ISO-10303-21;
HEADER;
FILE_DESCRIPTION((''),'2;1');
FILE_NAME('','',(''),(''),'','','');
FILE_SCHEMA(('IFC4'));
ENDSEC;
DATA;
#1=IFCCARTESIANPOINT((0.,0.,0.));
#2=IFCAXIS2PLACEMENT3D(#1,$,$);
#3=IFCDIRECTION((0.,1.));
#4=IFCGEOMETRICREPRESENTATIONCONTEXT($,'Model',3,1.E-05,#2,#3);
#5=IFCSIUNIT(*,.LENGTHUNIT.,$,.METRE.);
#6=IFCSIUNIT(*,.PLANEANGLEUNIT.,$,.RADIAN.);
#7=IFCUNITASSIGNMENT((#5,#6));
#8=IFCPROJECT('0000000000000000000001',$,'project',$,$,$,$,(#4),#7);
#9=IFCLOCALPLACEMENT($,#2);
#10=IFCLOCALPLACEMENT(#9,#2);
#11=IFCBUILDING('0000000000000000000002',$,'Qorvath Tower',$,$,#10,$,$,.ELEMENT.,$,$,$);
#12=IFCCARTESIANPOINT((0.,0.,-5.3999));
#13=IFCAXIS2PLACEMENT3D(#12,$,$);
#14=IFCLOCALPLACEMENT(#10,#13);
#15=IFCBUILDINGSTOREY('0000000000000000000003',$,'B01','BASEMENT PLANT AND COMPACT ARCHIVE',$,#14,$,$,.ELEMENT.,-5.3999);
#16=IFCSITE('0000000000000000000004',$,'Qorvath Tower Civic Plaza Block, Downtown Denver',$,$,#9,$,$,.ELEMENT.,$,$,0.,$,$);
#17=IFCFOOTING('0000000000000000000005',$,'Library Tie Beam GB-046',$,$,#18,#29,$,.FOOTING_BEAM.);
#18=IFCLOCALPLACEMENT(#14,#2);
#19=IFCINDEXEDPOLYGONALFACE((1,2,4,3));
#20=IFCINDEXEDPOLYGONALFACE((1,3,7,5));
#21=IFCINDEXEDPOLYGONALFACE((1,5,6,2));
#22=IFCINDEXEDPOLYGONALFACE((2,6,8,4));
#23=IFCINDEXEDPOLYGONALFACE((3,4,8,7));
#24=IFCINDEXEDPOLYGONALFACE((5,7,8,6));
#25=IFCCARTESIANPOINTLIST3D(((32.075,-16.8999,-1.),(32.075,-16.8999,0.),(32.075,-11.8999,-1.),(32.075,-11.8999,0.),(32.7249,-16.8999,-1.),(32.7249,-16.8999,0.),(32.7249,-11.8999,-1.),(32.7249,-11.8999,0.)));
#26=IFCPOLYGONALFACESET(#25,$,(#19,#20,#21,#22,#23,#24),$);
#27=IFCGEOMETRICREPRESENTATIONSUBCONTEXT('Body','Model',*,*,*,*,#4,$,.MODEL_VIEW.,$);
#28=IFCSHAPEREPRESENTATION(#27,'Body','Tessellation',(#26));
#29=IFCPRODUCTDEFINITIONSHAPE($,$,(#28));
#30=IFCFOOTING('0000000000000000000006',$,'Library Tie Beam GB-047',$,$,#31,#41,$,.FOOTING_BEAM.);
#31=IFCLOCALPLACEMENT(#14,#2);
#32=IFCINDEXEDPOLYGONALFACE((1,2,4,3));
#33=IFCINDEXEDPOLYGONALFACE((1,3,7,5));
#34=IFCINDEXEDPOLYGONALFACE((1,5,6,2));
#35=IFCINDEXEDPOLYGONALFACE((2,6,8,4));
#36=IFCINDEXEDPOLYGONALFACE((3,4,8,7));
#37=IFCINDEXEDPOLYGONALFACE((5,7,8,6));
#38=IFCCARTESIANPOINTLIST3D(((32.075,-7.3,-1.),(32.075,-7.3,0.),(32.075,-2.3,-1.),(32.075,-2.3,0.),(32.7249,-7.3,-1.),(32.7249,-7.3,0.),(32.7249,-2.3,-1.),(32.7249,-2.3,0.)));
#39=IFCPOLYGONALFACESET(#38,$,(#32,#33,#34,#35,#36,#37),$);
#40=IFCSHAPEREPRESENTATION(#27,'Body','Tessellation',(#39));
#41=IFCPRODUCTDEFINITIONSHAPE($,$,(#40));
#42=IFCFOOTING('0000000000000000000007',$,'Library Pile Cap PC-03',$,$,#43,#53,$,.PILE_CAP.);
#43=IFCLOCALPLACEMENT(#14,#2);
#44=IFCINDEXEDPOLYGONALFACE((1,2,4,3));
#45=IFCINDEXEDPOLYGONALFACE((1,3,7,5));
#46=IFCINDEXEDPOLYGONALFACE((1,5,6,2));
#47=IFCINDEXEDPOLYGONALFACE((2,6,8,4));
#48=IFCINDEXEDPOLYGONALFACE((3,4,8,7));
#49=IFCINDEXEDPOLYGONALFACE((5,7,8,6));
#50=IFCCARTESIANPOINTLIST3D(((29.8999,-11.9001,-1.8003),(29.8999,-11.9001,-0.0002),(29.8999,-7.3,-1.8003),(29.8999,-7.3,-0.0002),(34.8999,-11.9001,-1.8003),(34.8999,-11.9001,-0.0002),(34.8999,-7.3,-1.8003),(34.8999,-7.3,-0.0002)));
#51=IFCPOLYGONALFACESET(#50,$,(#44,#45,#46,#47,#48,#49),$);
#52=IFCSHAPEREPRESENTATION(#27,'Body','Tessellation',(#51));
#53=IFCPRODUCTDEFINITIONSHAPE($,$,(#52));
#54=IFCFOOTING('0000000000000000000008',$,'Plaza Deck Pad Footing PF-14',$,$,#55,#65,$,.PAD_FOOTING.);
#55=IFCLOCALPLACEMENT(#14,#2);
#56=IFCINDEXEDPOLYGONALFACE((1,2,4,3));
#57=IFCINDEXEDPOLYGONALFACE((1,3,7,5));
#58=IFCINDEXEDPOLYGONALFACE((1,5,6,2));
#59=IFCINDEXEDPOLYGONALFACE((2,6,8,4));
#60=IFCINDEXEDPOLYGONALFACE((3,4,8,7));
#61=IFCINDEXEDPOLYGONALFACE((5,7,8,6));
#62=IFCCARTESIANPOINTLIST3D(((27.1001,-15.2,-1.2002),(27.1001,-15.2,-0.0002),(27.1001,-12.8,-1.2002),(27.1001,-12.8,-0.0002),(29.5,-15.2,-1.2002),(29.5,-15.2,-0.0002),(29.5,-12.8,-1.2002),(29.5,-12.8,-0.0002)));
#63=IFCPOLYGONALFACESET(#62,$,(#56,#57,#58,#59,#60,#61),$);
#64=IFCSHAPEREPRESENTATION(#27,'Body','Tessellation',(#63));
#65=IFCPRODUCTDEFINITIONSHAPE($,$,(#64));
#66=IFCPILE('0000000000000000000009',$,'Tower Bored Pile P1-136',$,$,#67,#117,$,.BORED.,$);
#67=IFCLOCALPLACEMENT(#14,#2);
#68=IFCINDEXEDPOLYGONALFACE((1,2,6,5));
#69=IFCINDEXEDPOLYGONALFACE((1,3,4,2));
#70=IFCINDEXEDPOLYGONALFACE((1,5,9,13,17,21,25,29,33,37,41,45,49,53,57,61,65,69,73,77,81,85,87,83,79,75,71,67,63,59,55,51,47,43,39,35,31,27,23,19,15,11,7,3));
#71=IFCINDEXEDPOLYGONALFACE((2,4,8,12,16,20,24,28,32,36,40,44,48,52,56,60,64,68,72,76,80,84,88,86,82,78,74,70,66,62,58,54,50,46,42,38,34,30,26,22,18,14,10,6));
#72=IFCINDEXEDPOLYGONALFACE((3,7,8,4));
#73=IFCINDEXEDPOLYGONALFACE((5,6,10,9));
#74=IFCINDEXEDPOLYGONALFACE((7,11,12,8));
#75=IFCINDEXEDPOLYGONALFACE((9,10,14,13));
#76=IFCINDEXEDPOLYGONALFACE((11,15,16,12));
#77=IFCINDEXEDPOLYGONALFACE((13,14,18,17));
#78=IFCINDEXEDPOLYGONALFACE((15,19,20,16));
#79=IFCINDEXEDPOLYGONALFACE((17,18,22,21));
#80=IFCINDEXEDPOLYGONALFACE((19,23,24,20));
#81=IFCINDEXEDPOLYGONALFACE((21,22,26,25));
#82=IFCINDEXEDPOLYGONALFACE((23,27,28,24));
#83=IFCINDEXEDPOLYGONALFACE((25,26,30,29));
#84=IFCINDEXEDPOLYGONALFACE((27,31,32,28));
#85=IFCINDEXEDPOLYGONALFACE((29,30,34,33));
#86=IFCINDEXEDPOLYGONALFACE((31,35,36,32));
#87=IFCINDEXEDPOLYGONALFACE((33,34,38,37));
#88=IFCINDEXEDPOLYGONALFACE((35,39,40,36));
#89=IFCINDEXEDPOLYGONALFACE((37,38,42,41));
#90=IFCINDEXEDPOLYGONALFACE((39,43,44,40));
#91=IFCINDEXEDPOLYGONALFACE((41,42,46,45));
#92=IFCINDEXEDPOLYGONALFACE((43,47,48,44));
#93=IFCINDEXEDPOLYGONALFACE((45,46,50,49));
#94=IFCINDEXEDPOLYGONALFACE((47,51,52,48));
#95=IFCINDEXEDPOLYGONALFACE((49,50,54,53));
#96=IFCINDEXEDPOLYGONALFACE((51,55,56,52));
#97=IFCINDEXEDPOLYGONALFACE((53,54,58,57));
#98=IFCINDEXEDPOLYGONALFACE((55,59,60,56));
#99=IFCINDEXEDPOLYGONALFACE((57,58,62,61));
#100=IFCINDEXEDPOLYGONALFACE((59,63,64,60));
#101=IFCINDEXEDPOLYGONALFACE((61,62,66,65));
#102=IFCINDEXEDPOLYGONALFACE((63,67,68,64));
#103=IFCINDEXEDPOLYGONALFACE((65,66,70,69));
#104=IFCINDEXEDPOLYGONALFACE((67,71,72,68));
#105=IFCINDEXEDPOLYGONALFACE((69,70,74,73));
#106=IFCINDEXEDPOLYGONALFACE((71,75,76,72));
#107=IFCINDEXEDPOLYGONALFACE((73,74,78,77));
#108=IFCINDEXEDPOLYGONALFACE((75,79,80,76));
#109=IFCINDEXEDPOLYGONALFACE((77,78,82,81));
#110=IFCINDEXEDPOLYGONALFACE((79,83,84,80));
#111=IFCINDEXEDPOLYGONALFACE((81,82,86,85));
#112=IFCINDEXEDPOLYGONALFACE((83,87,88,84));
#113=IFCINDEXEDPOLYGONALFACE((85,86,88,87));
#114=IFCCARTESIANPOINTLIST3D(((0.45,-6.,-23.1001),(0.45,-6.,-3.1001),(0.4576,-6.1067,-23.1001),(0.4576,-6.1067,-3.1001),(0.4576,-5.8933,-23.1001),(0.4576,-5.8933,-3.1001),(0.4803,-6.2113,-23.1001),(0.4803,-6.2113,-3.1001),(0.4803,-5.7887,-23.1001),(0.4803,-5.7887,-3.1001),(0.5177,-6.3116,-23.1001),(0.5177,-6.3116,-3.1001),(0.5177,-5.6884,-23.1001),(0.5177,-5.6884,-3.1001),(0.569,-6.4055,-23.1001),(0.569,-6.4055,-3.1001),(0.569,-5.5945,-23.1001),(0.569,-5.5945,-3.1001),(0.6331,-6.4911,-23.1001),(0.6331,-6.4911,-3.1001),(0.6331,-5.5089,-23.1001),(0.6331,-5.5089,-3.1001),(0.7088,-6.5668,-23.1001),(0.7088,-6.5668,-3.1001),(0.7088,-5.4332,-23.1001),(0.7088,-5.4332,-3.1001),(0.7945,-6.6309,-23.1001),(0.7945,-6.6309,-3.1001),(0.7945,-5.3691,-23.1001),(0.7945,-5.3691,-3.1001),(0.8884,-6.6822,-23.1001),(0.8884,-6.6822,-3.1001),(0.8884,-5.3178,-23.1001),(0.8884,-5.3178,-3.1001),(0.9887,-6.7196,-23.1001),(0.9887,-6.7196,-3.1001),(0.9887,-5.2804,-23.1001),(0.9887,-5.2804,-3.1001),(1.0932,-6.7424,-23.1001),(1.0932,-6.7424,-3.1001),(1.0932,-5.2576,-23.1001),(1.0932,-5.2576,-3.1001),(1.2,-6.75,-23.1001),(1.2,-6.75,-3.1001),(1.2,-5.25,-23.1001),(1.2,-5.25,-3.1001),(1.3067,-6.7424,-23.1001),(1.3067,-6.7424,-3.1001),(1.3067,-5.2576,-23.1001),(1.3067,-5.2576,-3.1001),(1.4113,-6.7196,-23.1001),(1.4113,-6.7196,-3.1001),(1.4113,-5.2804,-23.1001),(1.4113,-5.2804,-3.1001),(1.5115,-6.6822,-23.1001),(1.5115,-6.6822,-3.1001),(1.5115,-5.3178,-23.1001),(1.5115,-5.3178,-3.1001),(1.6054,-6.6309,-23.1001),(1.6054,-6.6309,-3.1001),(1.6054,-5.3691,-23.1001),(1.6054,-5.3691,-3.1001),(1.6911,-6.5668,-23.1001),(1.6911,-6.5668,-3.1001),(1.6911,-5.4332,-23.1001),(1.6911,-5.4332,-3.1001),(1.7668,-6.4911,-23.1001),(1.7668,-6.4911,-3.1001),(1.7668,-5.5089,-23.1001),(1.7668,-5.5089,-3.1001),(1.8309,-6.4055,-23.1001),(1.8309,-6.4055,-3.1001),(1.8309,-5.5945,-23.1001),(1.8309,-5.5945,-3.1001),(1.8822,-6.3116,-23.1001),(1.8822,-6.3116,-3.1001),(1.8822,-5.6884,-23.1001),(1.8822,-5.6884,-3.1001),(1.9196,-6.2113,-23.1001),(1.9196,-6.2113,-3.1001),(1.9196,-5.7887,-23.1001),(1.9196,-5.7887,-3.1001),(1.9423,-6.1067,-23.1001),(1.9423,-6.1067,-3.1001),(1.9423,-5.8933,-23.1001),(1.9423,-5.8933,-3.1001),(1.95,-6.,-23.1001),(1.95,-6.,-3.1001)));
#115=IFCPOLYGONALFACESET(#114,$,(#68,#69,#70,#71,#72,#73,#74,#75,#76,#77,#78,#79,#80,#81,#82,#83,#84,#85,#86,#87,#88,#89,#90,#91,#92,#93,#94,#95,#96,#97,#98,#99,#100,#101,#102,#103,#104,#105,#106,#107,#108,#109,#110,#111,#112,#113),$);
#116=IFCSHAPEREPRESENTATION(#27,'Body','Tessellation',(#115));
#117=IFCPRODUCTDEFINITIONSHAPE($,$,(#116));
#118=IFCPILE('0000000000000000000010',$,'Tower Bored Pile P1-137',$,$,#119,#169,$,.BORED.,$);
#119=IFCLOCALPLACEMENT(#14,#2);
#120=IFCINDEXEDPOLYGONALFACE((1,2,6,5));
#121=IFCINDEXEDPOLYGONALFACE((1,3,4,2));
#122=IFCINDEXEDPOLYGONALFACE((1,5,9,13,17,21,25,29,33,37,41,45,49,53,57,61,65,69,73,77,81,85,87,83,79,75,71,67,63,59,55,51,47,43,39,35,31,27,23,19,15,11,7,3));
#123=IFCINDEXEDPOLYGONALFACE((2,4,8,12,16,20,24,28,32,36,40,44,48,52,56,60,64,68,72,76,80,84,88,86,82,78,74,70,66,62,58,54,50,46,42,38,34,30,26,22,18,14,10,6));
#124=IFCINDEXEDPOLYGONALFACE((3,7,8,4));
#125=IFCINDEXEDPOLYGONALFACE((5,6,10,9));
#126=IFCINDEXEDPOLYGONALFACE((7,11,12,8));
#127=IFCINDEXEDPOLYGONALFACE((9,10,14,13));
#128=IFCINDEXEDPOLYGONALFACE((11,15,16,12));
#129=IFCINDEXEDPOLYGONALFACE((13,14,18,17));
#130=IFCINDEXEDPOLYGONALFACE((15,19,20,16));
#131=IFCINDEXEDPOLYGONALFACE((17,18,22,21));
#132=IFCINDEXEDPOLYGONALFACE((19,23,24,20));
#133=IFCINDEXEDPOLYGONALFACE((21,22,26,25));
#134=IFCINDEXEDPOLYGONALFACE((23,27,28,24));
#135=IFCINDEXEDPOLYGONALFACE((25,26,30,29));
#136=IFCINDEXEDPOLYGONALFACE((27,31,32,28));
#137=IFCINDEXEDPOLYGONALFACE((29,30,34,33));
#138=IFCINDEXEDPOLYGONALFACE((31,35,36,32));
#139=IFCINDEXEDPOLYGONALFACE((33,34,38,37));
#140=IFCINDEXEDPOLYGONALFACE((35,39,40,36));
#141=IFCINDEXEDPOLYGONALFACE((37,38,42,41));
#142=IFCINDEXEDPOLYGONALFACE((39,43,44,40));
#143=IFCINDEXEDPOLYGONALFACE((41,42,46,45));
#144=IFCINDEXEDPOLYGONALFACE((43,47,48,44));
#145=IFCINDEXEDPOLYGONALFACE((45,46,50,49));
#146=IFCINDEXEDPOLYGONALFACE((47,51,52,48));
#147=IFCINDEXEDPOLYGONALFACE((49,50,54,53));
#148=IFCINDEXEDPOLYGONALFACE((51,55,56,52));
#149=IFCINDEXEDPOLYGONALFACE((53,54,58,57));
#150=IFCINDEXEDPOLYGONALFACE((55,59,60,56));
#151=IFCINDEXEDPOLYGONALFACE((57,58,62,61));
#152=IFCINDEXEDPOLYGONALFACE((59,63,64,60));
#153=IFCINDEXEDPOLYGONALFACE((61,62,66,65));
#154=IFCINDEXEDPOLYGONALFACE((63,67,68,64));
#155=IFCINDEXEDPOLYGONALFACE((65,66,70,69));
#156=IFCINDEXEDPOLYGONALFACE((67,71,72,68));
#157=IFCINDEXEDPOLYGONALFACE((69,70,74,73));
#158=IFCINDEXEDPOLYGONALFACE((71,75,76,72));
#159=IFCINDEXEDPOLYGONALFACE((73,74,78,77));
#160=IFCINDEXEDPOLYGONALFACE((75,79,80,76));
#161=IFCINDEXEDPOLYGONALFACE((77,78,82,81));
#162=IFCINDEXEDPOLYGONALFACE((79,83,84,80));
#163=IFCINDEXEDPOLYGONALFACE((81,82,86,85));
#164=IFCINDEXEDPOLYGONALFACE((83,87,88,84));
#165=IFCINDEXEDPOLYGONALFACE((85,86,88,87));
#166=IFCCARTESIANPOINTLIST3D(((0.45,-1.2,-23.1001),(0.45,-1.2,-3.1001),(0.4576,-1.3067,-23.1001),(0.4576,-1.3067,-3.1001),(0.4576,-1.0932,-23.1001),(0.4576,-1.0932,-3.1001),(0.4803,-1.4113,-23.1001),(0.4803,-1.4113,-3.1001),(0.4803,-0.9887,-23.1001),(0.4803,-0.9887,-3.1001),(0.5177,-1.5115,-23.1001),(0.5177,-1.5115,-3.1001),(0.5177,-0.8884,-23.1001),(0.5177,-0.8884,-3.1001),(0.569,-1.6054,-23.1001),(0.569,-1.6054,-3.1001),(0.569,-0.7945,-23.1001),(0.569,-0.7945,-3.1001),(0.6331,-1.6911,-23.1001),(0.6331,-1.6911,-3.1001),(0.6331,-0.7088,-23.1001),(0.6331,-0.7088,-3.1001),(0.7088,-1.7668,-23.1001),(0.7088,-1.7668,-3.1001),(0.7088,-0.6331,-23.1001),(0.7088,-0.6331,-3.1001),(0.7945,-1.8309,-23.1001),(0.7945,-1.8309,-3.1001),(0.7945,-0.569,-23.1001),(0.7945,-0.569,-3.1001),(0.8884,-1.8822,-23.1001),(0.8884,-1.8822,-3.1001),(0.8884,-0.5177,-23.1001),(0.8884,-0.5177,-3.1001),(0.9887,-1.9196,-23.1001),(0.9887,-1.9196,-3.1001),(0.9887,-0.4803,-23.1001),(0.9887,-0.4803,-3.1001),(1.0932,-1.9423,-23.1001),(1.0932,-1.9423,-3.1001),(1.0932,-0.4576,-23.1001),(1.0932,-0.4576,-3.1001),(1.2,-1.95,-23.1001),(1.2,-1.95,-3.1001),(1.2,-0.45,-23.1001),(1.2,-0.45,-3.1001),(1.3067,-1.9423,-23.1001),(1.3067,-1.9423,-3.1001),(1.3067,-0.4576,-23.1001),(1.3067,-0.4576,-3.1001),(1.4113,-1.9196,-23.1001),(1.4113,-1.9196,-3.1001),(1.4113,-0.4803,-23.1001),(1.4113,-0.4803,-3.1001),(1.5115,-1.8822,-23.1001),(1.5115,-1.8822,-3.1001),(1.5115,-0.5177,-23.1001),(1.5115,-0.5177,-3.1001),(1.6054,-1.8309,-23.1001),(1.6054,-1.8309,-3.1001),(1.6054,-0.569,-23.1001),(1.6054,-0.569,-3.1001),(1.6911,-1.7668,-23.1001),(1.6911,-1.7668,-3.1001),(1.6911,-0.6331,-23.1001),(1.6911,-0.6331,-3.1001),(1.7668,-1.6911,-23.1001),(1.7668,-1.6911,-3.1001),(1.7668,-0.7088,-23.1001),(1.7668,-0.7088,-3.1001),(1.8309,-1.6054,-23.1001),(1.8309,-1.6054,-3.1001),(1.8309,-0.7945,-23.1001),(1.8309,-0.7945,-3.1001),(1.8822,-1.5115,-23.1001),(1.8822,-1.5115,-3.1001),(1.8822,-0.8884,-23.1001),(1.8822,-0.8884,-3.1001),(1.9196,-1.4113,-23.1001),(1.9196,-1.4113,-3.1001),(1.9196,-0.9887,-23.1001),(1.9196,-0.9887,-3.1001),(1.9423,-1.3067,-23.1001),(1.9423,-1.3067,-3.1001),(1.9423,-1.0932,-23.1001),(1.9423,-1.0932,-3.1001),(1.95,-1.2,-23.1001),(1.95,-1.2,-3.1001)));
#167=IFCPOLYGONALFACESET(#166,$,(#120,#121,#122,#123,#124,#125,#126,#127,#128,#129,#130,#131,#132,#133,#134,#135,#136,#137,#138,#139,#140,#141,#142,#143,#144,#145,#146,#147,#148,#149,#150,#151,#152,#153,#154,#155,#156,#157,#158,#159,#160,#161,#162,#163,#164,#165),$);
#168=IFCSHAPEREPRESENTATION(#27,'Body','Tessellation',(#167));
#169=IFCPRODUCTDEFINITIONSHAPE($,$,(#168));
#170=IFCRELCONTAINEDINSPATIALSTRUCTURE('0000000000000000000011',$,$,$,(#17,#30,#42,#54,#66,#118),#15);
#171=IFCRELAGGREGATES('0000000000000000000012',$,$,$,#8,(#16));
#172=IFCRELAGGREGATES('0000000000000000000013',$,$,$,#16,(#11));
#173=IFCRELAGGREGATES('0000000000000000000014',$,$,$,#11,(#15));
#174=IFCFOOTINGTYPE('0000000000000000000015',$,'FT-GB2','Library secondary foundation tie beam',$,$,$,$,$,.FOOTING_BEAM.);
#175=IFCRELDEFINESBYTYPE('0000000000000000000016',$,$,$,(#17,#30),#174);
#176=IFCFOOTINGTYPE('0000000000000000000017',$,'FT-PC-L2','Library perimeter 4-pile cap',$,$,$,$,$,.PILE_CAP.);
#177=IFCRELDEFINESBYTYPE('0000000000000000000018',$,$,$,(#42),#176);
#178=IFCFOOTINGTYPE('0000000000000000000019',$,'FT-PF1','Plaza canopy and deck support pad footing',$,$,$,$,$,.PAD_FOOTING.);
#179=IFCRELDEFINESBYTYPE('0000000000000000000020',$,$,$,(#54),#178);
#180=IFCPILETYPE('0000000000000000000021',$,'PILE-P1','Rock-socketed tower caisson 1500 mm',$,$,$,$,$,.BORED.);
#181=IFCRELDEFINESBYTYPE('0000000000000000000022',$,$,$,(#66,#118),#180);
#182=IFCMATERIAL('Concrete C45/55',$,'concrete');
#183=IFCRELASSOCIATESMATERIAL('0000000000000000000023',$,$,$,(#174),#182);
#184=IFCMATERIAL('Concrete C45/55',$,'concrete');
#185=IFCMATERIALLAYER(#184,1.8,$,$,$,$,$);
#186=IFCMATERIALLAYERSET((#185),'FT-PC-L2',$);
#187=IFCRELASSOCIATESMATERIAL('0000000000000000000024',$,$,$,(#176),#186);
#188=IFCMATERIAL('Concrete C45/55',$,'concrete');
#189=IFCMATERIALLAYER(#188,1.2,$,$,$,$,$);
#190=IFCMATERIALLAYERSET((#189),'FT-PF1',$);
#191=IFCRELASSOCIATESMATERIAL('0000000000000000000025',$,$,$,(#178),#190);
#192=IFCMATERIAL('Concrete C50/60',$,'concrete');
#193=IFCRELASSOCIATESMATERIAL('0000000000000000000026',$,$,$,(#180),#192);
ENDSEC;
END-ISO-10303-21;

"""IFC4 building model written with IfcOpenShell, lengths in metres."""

from ifc_helpers import new_model, si_unit, direction, frame, origin, origin_2d, place, context, subcontext, project, spatial, rectangle, circle, extrude, material, layer, layer_set, material_profile, profile_set, type_object, element, save


model = new_model("IFC4")

# Units and contexts
model_context = context("Model", 3, precision=1e-05, world=origin(), true_north=direction((0.0, 1.0)))
body_context = subcontext(model_context, "Body", "Model", "MODEL_VIEW")
ifc_project = project(units=[si_unit("LENGTHUNIT", "METRE"), si_unit("PLANEANGLEUNIT", "RADIAN")], contexts=[model_context])

# Site, building, storey
site_placement = place(None, origin())
site = spatial("IfcSite", under=ifc_project, at=site_placement, Name="Qorvath Tower Civic Plaza Block, Downtown Denver", CompositionType="ELEMENT", RefElevation=0.0)
building_placement = place(site_placement, origin())
building = spatial("IfcBuilding", under=site, at=building_placement, Name="Qorvath Tower", CompositionType="ELEMENT")
storey_placement = place(building_placement, frame((0.0, 0.0, -5.3999)))
storey = spatial("IfcBuildingStorey", under=building, at=storey_placement, Name="B01", Description="BASEMENT PLANT AND COMPACT ARCHIVE", CompositionType="ELEMENT", Elevation=-5.3999)

# Footings
ifc_material_1 = material(Name="Concrete C45/55", Category="concrete")
ifc_material_profile_1 = material_profile(ifc_material_1, rectangle(XDim=0.6499, YDim=1.0, at=origin_2d()), Name="GB 650x1000")
ifc_profile_set_1 = profile_set([ifc_material_profile_1], Name="Concrete C45/55")
footing_type_1 = type_object("IfcFootingType", Name="FT-GB2", Description="Library secondary foundation tie beam", PredefinedType="FOOTING_BEAM", material=ifc_profile_set_1)
for number, where, z_axis, x_axis, name in (
    (1, (32.3999, -16.8999, -0.5), (0.0, 1.0, 0.0), (-1.0, 0.0, 0.0), "Library Tie Beam GB-046"),
    (2, (32.3999, -7.3, -0.5), (0.0, 1.0, 0.0), (-1.0, 0.0, 0.0), "Library Tie Beam GB-047"),
):
    element("IfcFooting", number, at=place(storey_placement, frame(where, z_axis=z_axis, x_axis=x_axis)), inside=storey, type_object=footing_type_1, Name=name, PredefinedType="FOOTING_BEAM", context=body_context, shape_type="SweptSolid", body=[
        extrude(rectangle(XDim=0.6499, YDim=1.0, at=origin_2d()), origin(), (0.0, 0.0, 1.0), 5.0),
    ])
ifc_material_2 = material(Name="Concrete C45/55", Category="concrete")
ifc_layer_1 = layer(ifc_material_2, 1.8)
ifc_layer_set_1 = layer_set([ifc_layer_1], Name="FT-PC-L2")
footing_type_2 = type_object("IfcFootingType", Name="FT-PC-L2", Description="Library perimeter 4-pile cap", PredefinedType="PILE_CAP", material=ifc_layer_set_1)
footing_1_placement = place(storey_placement, frame((32.3999, -9.6001, -1.8003), z_axis=(0.0, 0.0, 1.0), x_axis=(1.0, 0.0, 0.0)))
element("IfcFooting", 3, at=footing_1_placement, inside=storey, type_object=footing_type_2, Name="Library Pile Cap PC-03", PredefinedType="PILE_CAP", context=body_context, shape_type="SweptSolid", body=[
    extrude(rectangle(XDim=5.0, YDim=4.6001, at=origin_2d()), origin(), (0.0, 0.0, 1.0), 1.8),
])
ifc_material_3 = material(Name="Concrete C45/55", Category="concrete")
ifc_layer_2 = layer(ifc_material_3, 1.2)
ifc_layer_set_2 = layer_set([ifc_layer_2], Name="FT-PF1")
footing_type_3 = type_object("IfcFootingType", Name="FT-PF1", Description="Plaza canopy and deck support pad footing", PredefinedType="PAD_FOOTING", material=ifc_layer_set_2)
footing_2_placement = place(storey_placement, frame((28.3, -14.0, -1.2002), z_axis=(0.0, 0.0, 1.0), x_axis=(1.0, 0.0, 0.0)))
element("IfcFooting", 4, at=footing_2_placement, inside=storey, type_object=footing_type_3, Name="Plaza Deck Pad Footing PF-14", PredefinedType="PAD_FOOTING", context=body_context, shape_type="SweptSolid", body=[
    extrude(rectangle(XDim=2.3999, YDim=2.3999, at=origin_2d()), origin(), (0.0, 0.0, 1.0), 1.2),
])

# Piles
ifc_material_4 = material(Name="Concrete C50/60", Category="concrete")
ifc_material_profile_2 = material_profile(ifc_material_4, circle(Radius=0.75, at=origin_2d()), Name="BORED PILE 1500")
ifc_profile_set_2 = profile_set([ifc_material_profile_2], Name="Concrete C50/60")
pile_type_1 = type_object("IfcPileType", Name="PILE-P1", Description="Rock-socketed tower caisson 1500 mm", PredefinedType="BORED", material=ifc_profile_set_2)
for number, where, z_axis, x_axis, name in (
    (5, (1.2, -6.0, -3.1001), (0.0, 0.0, -1.0), (1.0, 0.0, 0.0), "Tower Bored Pile P1-136"),
    (6, (1.2, -1.2, -3.1001), (0.0, 0.0, -1.0), (1.0, 0.0, 0.0), "Tower Bored Pile P1-137"),
):
    element("IfcPile", number, at=place(storey_placement, frame(where, z_axis=z_axis, x_axis=x_axis)), inside=storey, type_object=pile_type_1, Name=name, PredefinedType="BORED", context=body_context, shape_type="SweptSolid", body=[
        extrude(circle(Radius=0.75, at=origin_2d()), origin(), (0.0, 0.0, 1.0), 20.0),
    ])

save(model, "model.ifc")
